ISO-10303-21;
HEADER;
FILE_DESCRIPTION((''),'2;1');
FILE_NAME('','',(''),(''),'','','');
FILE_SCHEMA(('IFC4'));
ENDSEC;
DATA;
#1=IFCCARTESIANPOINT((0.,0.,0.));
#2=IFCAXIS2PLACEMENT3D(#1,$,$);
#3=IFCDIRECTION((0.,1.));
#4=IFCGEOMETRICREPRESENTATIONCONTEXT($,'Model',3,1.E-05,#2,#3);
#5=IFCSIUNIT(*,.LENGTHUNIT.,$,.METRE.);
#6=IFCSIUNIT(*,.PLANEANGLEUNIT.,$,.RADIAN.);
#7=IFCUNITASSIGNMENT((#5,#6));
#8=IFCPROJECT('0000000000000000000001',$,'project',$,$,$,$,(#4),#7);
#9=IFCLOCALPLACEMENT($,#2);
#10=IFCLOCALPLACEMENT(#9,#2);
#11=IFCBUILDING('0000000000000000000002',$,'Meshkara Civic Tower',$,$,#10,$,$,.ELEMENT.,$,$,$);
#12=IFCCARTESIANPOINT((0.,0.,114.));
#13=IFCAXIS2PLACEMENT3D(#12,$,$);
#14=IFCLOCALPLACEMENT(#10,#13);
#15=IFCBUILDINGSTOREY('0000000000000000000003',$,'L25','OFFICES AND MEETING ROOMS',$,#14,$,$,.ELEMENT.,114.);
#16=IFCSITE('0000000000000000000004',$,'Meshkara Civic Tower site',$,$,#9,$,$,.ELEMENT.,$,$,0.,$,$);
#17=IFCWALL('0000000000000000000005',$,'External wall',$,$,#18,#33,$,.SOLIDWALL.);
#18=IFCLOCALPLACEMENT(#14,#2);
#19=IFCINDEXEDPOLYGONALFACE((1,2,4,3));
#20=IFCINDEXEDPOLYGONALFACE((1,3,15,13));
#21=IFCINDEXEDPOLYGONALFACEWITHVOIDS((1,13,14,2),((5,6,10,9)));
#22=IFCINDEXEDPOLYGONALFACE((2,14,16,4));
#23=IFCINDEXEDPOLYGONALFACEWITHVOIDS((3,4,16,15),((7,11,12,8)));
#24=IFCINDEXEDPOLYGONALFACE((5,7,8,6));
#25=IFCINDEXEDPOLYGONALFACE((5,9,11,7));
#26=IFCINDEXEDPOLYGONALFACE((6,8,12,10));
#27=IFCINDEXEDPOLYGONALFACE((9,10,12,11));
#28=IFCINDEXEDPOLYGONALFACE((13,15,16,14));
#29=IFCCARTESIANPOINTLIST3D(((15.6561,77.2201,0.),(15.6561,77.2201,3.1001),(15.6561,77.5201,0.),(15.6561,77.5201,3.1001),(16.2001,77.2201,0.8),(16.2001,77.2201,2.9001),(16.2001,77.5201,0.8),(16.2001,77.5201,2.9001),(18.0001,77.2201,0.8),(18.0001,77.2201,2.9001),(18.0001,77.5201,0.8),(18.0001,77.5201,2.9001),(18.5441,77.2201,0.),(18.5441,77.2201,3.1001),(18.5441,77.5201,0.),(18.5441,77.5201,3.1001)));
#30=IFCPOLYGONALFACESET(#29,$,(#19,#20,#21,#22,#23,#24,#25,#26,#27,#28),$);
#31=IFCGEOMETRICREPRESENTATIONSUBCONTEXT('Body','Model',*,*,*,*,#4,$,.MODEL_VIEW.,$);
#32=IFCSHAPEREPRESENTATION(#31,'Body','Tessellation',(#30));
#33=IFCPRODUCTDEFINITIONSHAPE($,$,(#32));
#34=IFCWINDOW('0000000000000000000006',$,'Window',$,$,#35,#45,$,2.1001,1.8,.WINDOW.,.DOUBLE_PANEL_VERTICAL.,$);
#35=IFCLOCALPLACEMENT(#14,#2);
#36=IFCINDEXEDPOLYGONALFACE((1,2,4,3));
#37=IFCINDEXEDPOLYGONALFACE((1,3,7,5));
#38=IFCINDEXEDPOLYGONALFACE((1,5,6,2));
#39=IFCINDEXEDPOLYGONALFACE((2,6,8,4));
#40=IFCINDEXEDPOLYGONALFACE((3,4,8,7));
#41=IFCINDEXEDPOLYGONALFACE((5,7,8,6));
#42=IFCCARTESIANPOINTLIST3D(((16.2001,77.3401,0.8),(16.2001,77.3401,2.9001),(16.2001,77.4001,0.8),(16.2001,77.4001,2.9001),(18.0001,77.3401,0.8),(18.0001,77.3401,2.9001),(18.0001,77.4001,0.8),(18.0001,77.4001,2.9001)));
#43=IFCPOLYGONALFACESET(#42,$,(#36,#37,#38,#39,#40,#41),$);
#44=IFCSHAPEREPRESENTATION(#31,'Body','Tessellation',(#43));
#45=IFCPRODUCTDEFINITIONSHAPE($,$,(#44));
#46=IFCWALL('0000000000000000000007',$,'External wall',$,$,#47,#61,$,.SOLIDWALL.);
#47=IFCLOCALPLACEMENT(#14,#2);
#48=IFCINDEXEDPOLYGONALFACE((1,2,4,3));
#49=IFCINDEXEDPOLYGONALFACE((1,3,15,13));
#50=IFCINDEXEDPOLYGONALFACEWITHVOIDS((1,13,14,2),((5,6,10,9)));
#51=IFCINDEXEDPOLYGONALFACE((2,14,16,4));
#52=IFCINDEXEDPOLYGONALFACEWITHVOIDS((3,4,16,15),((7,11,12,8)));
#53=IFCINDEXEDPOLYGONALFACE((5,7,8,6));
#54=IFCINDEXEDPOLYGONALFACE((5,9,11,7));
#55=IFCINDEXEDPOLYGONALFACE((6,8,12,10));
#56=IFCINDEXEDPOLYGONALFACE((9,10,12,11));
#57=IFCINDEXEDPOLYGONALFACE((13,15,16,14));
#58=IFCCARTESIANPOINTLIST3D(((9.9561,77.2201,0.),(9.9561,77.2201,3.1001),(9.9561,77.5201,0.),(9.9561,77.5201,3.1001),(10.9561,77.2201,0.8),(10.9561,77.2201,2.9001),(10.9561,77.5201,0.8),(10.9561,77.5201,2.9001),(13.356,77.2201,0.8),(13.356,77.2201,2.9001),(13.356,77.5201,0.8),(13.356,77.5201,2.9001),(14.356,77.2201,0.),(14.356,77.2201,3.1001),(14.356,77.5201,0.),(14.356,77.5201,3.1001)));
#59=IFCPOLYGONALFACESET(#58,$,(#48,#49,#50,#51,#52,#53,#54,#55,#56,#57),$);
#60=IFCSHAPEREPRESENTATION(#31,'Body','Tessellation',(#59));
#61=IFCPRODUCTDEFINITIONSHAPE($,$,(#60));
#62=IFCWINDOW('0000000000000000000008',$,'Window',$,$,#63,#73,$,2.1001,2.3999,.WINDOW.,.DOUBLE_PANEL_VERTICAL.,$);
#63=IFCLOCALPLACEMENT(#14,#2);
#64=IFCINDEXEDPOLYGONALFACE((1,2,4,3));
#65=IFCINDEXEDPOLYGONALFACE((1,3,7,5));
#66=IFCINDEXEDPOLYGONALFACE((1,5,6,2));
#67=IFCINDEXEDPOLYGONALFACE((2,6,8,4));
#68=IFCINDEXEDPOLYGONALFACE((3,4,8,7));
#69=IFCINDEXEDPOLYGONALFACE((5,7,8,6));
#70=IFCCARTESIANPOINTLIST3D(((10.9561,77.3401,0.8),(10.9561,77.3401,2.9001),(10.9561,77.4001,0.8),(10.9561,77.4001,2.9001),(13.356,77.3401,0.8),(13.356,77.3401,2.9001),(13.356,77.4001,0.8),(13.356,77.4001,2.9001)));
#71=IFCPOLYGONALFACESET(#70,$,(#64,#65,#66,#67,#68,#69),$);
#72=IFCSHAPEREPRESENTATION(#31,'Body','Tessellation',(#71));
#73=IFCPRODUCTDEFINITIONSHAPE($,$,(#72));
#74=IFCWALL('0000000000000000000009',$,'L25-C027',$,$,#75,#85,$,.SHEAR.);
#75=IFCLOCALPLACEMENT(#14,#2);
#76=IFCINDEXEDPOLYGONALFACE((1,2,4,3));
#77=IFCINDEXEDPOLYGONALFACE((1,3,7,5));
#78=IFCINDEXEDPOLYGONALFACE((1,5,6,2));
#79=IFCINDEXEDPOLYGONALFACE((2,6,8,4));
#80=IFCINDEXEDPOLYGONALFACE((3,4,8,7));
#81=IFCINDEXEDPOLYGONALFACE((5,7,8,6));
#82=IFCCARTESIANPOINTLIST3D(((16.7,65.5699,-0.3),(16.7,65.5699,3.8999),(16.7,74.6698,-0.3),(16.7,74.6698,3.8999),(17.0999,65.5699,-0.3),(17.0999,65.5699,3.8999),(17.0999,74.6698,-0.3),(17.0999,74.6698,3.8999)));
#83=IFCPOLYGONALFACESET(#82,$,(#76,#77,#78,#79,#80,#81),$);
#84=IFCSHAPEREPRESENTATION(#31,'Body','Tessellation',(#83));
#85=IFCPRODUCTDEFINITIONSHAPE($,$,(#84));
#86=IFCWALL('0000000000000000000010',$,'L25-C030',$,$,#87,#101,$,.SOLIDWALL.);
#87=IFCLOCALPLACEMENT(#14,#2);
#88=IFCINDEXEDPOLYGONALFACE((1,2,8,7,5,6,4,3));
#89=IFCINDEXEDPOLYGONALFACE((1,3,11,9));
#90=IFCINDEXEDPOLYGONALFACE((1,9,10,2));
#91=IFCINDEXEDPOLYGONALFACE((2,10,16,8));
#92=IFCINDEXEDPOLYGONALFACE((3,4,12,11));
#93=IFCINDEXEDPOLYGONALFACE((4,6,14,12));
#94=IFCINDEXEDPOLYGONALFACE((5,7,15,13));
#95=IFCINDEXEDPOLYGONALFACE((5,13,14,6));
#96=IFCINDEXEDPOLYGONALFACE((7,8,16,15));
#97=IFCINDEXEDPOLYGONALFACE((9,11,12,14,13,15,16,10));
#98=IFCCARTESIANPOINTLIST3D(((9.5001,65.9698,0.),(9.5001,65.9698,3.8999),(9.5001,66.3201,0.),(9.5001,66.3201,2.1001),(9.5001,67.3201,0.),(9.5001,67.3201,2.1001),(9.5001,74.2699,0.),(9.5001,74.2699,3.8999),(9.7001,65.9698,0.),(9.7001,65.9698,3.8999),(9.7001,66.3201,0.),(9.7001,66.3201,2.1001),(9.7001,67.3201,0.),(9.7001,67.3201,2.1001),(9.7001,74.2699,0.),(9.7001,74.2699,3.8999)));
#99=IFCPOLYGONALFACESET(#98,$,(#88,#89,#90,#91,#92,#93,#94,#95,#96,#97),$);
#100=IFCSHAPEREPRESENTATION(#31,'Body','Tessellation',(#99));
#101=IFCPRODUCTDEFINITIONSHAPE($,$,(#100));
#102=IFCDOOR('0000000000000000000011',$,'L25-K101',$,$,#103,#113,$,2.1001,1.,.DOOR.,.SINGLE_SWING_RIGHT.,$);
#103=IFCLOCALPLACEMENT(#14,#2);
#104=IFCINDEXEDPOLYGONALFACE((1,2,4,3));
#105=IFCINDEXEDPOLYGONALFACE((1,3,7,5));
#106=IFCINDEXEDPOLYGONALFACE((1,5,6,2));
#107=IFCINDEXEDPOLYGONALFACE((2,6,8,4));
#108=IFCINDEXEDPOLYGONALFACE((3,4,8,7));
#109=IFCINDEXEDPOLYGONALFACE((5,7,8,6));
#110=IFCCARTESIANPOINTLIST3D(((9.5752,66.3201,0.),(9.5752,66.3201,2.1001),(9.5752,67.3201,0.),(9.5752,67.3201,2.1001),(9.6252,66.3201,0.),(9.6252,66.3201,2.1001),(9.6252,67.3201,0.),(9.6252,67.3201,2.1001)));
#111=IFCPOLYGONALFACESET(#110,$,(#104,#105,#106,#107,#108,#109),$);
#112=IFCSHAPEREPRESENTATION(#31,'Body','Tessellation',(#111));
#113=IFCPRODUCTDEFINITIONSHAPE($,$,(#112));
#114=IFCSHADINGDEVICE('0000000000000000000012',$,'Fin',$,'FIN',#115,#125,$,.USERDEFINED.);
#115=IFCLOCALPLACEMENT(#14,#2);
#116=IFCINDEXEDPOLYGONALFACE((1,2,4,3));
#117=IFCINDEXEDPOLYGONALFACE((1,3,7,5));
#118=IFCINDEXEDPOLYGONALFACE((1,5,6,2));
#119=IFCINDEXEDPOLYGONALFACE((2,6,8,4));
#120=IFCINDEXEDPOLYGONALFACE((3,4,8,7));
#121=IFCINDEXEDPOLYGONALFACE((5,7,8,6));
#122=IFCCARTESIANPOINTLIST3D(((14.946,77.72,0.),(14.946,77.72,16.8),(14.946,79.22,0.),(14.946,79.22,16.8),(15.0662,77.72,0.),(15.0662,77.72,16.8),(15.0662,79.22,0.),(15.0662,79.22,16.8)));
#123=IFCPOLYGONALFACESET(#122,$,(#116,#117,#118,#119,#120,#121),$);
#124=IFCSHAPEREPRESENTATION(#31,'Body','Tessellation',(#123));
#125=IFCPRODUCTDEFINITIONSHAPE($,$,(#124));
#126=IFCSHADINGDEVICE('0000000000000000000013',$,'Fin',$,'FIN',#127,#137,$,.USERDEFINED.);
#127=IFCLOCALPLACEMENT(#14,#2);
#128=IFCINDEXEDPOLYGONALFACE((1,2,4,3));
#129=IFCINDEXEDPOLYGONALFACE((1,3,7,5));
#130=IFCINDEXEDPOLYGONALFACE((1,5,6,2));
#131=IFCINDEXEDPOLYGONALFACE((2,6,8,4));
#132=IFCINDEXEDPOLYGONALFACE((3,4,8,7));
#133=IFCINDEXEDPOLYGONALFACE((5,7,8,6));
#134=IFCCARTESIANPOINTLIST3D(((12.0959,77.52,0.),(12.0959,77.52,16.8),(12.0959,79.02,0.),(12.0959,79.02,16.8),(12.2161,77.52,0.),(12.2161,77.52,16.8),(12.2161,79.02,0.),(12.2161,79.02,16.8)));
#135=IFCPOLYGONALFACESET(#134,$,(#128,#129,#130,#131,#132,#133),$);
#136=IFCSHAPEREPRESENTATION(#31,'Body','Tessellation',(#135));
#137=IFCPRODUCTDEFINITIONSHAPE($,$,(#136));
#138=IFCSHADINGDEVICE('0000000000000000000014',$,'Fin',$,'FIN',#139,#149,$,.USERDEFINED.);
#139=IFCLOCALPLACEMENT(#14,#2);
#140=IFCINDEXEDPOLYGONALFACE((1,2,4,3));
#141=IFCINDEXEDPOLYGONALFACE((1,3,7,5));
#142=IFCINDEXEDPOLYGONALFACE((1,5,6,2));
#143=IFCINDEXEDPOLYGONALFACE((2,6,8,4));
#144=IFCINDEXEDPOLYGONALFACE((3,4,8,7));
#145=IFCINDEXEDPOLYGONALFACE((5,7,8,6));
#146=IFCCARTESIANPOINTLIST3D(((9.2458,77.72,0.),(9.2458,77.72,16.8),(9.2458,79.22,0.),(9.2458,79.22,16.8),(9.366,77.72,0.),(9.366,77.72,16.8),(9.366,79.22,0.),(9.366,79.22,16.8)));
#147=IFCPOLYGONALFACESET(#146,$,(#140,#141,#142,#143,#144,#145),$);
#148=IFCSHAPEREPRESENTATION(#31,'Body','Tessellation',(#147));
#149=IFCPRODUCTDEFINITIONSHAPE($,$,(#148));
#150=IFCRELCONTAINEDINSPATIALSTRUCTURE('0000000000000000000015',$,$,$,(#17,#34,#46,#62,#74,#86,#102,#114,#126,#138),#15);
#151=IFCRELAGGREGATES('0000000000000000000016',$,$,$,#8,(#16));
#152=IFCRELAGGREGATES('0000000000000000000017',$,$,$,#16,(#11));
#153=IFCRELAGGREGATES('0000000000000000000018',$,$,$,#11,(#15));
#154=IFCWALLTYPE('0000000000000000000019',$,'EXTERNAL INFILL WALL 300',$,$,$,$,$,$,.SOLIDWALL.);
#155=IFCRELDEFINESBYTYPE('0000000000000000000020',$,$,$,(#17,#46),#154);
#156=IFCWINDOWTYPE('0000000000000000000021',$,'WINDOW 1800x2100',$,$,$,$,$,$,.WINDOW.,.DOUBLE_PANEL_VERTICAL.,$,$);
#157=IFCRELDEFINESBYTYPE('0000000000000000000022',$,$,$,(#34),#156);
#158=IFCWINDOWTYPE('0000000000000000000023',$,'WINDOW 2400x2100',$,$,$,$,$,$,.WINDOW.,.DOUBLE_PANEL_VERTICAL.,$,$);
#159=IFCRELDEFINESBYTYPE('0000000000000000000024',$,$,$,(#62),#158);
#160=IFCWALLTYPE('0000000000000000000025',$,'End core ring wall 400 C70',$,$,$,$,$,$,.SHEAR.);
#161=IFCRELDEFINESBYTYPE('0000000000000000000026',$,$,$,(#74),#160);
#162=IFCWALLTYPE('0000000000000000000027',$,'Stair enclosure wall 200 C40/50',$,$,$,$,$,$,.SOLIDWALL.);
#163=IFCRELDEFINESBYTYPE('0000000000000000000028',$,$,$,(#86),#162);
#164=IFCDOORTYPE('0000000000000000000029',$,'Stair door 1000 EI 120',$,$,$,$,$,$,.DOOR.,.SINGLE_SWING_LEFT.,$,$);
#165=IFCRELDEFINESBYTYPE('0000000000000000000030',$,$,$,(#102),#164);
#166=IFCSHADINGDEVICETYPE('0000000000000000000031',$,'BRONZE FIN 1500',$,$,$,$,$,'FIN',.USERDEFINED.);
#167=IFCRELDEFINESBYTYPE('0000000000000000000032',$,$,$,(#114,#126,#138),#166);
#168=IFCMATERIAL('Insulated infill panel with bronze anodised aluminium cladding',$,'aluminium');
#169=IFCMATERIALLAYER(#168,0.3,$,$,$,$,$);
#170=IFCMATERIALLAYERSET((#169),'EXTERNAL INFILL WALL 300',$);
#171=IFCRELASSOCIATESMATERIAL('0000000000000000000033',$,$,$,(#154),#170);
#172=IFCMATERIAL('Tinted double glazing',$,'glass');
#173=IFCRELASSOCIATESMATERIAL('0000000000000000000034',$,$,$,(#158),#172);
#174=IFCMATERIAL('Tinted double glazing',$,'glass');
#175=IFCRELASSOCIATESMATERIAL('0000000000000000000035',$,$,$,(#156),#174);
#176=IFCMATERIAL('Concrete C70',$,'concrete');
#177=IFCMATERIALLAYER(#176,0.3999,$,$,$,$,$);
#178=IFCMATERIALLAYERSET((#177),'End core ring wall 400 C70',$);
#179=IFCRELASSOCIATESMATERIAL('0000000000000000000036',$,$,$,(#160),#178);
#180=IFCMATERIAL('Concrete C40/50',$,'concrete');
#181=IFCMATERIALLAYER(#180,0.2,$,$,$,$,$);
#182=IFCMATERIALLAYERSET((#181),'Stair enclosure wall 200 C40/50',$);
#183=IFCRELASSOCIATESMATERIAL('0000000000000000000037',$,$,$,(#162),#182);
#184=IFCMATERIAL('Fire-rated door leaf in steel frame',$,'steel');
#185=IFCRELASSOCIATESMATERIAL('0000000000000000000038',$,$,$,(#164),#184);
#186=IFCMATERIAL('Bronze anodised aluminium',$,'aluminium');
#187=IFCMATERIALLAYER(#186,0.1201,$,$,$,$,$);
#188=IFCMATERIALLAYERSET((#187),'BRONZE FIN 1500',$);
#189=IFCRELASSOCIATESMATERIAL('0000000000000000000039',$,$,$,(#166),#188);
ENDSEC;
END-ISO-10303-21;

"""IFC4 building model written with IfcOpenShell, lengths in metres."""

from ifc_helpers import new_model, si_unit, direction, frame, frame_2d, origin, origin_2d, place, context, subcontext, project, spatial, rectangle, extrude, material, layer, layer_set, type_object, element, fill, save


model = new_model("IFC4")

# Units and contexts
model_context = context("Model", 3, precision=1e-05, world=origin(), true_north=direction((0.0, 1.0)))
body_context = subcontext(model_context, "Body", "Model", "MODEL_VIEW")
ifc_project = project(units=[si_unit("LENGTHUNIT", "METRE"), si_unit("PLANEANGLEUNIT", "RADIAN")], contexts=[model_context])

# Site, building, storey
site_placement = place(None, origin())
site = spatial("IfcSite", under=ifc_project, at=site_placement, Name="Meshkara Civic Tower site", CompositionType="ELEMENT", RefElevation=0.0)
building_placement = place(site_placement, origin())
building = spatial("IfcBuilding", under=site, at=building_placement, Name="Meshkara Civic Tower", CompositionType="ELEMENT")
storey_placement = place(building_placement, frame((0.0, 0.0, 114.0)))
storey = spatial("IfcBuildingStorey", under=building, at=storey_placement, Name="L25", Description="OFFICES AND MEETING ROOMS", CompositionType="ELEMENT", Elevation=114.0)

# Walls, openings, windows
ifc_material_1 = material(Name="Insulated infill panel with bronze anodised aluminium cladding", Category="aluminium")
ifc_layer_1 = layer(ifc_material_1, 0.3)
ifc_layer_set_1 = layer_set([ifc_layer_1], Name="EXTERNAL INFILL WALL 300")
wall_type_1 = type_object("IfcWallType", Name="EXTERNAL INFILL WALL 300", PredefinedType="SOLIDWALL", material=ifc_layer_set_1)
ifc_material_2 = material(Name="Tinted double glazing", Category="glass")
window_type_1 = type_object("IfcWindowType", Name="WINDOW 2400x2100", PartitioningType="DOUBLE_PANEL_VERTICAL", PredefinedType="WINDOW", material=ifc_material_2)
ifc_material_3 = material(Name="Tinted double glazing", Category="glass")
window_type_2 = type_object("IfcWindowType", Name="WINDOW 1800x2100", PartitioningType="DOUBLE_PANEL_VERTICAL", PredefinedType="WINDOW", material=ifc_material_3)
wall_1_placement = place(storey_placement, frame((18.5439, 77.3701, 0.0), z_axis=(0.0, 0.0, 1.0), x_axis=(-1.0, 0.0, 0.0)))
wall_1 = element("IfcWall", 1, at=wall_1_placement, inside=storey, type_object=wall_type_1, Name="External wall", PredefinedType="SOLIDWALL", context=body_context, shape_type="SweptSolid", body=[
    extrude(rectangle(XDim=2.8879, YDim=0.3, at=frame_2d((1.4438, 0.0))), origin(), (0.0, 0.0, 1.0), 3.1001),
])
opening_1_placement = place(wall_1_placement, frame((0.5439, 0.0, 0.8)))
opening_1 = element("IfcOpeningElement", 2, at=opening_1_placement, cuts=wall_1, PredefinedType="OPENING", context=body_context, shape_type="SweptSolid", body=[
    extrude(rectangle(XDim=1.8, YDim=2.1001, at=frame_2d((0.8999, 1.05))), frame((0.0, 0.1599, 0.0), z_axis=(0.0, -1.0, 0.0), x_axis=(1.0, 0.0, 0.0)), (0.0, 0.0, 1.0), 0.3201),
])
window_1_placement = place(opening_1_placement, origin())
window_1 = element("IfcWindow", 3, at=window_1_placement, inside=storey, type_object=window_type_2, Name="Window", OverallHeight=2.1001, OverallWidth=1.8, PartitioningType="DOUBLE_PANEL_VERTICAL", PredefinedType="WINDOW", context=body_context, shape_type="SweptSolid", body=[
    extrude(rectangle(XDim=1.8, YDim=2.1001, at=frame_2d((0.8999, 1.05))), frame((0.0, 0.03, 0.0), z_axis=(0.0, -1.0, 0.0), x_axis=(1.0, 0.0, 0.0)), (0.0, 0.0, 1.0), 0.0601),
])
fill(opening_1, window_1)
wall_2_placement = place(storey_placement, frame((14.356, 77.3701, 0.0), z_axis=(0.0, 0.0, 1.0), x_axis=(-1.0, 0.0, 0.0)))
wall_2 = element("IfcWall", 4, at=wall_2_placement, inside=storey, type_object=wall_type_1, Name="External wall", PredefinedType="SOLIDWALL", context=body_context, shape_type="SweptSolid", body=[
    extrude(rectangle(XDim=4.3999, YDim=0.3, at=frame_2d((2.2, 0.0))), origin(), (0.0, 0.0, 1.0), 3.1001),
])
opening_2_placement = place(wall_2_placement, frame((1.0, 0.0, 0.8)))
opening_2 = element("IfcOpeningElement", 5, at=opening_2_placement, cuts=wall_2, PredefinedType="OPENING", context=body_context, shape_type="SweptSolid", body=[
    extrude(rectangle(XDim=2.3999, YDim=2.1001, at=frame_2d((1.2, 1.05))), frame((0.0, 0.1599, 0.0), z_axis=(0.0, -1.0, 0.0), x_axis=(1.0, 0.0, 0.0)), (0.0, 0.0, 1.0), 0.3201),
])
window_2_placement = place(opening_2_placement, origin())
window_2 = element("IfcWindow", 6, at=window_2_placement, inside=storey, type_object=window_type_1, Name="Window", OverallHeight=2.1001, OverallWidth=2.3999, PartitioningType="DOUBLE_PANEL_VERTICAL", PredefinedType="WINDOW", context=body_context, shape_type="SweptSolid", body=[
    extrude(rectangle(XDim=2.3999, YDim=2.1001, at=frame_2d((1.2, 1.05))), frame((0.0, 0.03, 0.0), z_axis=(0.0, -1.0, 0.0), x_axis=(1.0, 0.0, 0.0)), (0.0, 0.0, 1.0), 0.0601),
])
fill(opening_2, window_2)

# Wall
ifc_material_4 = material(Name="Concrete C70", Category="concrete")
ifc_layer_2 = layer(ifc_material_4, 0.3999)
ifc_layer_set_2 = layer_set([ifc_layer_2], Name="End core ring wall 400 C70")
wall_type_2 = type_object("IfcWallType", Name="End core ring wall 400 C70", PredefinedType="SHEAR", material=ifc_layer_set_2)
wall_3_placement = place(storey_placement, frame((16.8999, 65.5701, -0.3), z_axis=(0.0, 0.0, 1.0), x_axis=(0.0, 1.0, 0.0)))
element("IfcWall", 7, at=wall_3_placement, inside=storey, type_object=wall_type_2, Name="L25-C027", PredefinedType="SHEAR", context=body_context, shape_type="SweptSolid", body=[
    extrude(rectangle(XDim=9.0999, YDim=0.3999, at=frame_2d((4.5498, 0.0))), origin(), (0.0, 0.0, 1.0), 4.2),
])

# Wall, opening, door
ifc_material_5 = material(Name="Concrete C40/50", Category="concrete")
ifc_layer_3 = layer(ifc_material_5, 0.2)
ifc_layer_set_3 = layer_set([ifc_layer_3], Name="Stair enclosure wall 200 C40/50")
wall_type_3 = type_object("IfcWallType", Name="Stair enclosure wall 200 C40/50", PredefinedType="SOLIDWALL", material=ifc_layer_set_3)
wall_4_placement = place(storey_placement, frame((9.6001, 65.97, 0.0), z_axis=(0.0, 0.0, 1.0), x_axis=(0.0, 1.0, 0.0)))
wall_4 = element("IfcWall", 8, at=wall_4_placement, inside=storey, type_object=wall_type_3, Name="L25-C030", PredefinedType="SOLIDWALL", context=body_context, shape_type="SweptSolid", body=[
    extrude(rectangle(XDim=8.3, YDim=0.2, at=frame_2d((4.1499, 0.0))), origin(), (0.0, 0.0, 1.0), 3.8999),
])
opening_3_placement = place(wall_4_placement, frame((0.3501, 0.0, 0.0)))
opening_3 = element("IfcOpeningElement", 9, at=opening_3_placement, cuts=wall_4, PredefinedType="OPENING", context=body_context, shape_type="SweptSolid", body=[
    extrude(rectangle(XDim=1.0, YDim=2.1001, at=frame_2d((0.5, 1.05))), frame((0.0, 0.1099, 0.0), z_axis=(0.0, -1.0, 0.0), x_axis=(1.0, 0.0, 0.0)), (0.0, 0.0, 1.0), 0.22),
])
ifc_material_6 = material(Name="Fire-rated door leaf in steel frame", Category="steel")
door_type_1 = type_object("IfcDoorType", Name="Stair door 1000 EI 120", OperationType="SINGLE_SWING_LEFT", PredefinedType="DOOR", material=ifc_material_6)
door_1_placement = place(opening_3_placement, origin())
door_1 = element("IfcDoor", 10, at=door_1_placement, inside=storey, type_object=door_type_1, Name="L25-K101", OperationType="SINGLE_SWING_RIGHT", OverallHeight=2.1001, OverallWidth=1.0, PredefinedType="DOOR", context=body_context, shape_type="SweptSolid", body=[
    extrude(rectangle(XDim=1.0, YDim=2.1001, at=frame_2d((0.5, 1.05))), frame((0.0, 0.0249, 0.0), z_axis=(0.0, -1.0, 0.0), x_axis=(1.0, 0.0, 0.0)), (0.0, 0.0, 1.0), 0.05),
])
fill(opening_3, door_1)

# Shading devices
ifc_material_7 = material(Name="Bronze anodised aluminium", Category="aluminium")
ifc_layer_4 = layer(ifc_material_7, 0.1201)
ifc_layer_set_4 = layer_set([ifc_layer_4], Name="BRONZE FIN 1500")
shading_device_type = type_object("IfcShadingDeviceType", Name="BRONZE FIN 1500", ElementType="FIN", PredefinedType="USERDEFINED", material=ifc_layer_set_4)
for number, where, z_axis, x_axis, name in (
    (11, (15.0061, 78.47, 0.0), (0.0, 0.0, 1.0), (-1.0, 0.0, 0.0), "Fin"),
    (12, (12.156, 78.27, 0.0), (0.0, 0.0, 1.0), (-1.0, 0.0, 0.0), "Fin"),
    (13, (9.3059, 78.47, 0.0), (0.0, 0.0, 1.0), (-1.0, 0.0, 0.0), "Fin"),
):
    element("IfcShadingDevice", number, at=place(storey_placement, frame(where, z_axis=z_axis, x_axis=x_axis)), inside=storey, type_object=shading_device_type, Name=name, ObjectType="FIN", PredefinedType="USERDEFINED", context=body_context, shape_type="SweptSolid", body=[
        extrude(rectangle(XDim=0.1201, YDim=1.5, at=origin_2d()), origin(), (0.0, 0.0, 1.0), 16.8),
    ])

save(model, "model.ifc")
